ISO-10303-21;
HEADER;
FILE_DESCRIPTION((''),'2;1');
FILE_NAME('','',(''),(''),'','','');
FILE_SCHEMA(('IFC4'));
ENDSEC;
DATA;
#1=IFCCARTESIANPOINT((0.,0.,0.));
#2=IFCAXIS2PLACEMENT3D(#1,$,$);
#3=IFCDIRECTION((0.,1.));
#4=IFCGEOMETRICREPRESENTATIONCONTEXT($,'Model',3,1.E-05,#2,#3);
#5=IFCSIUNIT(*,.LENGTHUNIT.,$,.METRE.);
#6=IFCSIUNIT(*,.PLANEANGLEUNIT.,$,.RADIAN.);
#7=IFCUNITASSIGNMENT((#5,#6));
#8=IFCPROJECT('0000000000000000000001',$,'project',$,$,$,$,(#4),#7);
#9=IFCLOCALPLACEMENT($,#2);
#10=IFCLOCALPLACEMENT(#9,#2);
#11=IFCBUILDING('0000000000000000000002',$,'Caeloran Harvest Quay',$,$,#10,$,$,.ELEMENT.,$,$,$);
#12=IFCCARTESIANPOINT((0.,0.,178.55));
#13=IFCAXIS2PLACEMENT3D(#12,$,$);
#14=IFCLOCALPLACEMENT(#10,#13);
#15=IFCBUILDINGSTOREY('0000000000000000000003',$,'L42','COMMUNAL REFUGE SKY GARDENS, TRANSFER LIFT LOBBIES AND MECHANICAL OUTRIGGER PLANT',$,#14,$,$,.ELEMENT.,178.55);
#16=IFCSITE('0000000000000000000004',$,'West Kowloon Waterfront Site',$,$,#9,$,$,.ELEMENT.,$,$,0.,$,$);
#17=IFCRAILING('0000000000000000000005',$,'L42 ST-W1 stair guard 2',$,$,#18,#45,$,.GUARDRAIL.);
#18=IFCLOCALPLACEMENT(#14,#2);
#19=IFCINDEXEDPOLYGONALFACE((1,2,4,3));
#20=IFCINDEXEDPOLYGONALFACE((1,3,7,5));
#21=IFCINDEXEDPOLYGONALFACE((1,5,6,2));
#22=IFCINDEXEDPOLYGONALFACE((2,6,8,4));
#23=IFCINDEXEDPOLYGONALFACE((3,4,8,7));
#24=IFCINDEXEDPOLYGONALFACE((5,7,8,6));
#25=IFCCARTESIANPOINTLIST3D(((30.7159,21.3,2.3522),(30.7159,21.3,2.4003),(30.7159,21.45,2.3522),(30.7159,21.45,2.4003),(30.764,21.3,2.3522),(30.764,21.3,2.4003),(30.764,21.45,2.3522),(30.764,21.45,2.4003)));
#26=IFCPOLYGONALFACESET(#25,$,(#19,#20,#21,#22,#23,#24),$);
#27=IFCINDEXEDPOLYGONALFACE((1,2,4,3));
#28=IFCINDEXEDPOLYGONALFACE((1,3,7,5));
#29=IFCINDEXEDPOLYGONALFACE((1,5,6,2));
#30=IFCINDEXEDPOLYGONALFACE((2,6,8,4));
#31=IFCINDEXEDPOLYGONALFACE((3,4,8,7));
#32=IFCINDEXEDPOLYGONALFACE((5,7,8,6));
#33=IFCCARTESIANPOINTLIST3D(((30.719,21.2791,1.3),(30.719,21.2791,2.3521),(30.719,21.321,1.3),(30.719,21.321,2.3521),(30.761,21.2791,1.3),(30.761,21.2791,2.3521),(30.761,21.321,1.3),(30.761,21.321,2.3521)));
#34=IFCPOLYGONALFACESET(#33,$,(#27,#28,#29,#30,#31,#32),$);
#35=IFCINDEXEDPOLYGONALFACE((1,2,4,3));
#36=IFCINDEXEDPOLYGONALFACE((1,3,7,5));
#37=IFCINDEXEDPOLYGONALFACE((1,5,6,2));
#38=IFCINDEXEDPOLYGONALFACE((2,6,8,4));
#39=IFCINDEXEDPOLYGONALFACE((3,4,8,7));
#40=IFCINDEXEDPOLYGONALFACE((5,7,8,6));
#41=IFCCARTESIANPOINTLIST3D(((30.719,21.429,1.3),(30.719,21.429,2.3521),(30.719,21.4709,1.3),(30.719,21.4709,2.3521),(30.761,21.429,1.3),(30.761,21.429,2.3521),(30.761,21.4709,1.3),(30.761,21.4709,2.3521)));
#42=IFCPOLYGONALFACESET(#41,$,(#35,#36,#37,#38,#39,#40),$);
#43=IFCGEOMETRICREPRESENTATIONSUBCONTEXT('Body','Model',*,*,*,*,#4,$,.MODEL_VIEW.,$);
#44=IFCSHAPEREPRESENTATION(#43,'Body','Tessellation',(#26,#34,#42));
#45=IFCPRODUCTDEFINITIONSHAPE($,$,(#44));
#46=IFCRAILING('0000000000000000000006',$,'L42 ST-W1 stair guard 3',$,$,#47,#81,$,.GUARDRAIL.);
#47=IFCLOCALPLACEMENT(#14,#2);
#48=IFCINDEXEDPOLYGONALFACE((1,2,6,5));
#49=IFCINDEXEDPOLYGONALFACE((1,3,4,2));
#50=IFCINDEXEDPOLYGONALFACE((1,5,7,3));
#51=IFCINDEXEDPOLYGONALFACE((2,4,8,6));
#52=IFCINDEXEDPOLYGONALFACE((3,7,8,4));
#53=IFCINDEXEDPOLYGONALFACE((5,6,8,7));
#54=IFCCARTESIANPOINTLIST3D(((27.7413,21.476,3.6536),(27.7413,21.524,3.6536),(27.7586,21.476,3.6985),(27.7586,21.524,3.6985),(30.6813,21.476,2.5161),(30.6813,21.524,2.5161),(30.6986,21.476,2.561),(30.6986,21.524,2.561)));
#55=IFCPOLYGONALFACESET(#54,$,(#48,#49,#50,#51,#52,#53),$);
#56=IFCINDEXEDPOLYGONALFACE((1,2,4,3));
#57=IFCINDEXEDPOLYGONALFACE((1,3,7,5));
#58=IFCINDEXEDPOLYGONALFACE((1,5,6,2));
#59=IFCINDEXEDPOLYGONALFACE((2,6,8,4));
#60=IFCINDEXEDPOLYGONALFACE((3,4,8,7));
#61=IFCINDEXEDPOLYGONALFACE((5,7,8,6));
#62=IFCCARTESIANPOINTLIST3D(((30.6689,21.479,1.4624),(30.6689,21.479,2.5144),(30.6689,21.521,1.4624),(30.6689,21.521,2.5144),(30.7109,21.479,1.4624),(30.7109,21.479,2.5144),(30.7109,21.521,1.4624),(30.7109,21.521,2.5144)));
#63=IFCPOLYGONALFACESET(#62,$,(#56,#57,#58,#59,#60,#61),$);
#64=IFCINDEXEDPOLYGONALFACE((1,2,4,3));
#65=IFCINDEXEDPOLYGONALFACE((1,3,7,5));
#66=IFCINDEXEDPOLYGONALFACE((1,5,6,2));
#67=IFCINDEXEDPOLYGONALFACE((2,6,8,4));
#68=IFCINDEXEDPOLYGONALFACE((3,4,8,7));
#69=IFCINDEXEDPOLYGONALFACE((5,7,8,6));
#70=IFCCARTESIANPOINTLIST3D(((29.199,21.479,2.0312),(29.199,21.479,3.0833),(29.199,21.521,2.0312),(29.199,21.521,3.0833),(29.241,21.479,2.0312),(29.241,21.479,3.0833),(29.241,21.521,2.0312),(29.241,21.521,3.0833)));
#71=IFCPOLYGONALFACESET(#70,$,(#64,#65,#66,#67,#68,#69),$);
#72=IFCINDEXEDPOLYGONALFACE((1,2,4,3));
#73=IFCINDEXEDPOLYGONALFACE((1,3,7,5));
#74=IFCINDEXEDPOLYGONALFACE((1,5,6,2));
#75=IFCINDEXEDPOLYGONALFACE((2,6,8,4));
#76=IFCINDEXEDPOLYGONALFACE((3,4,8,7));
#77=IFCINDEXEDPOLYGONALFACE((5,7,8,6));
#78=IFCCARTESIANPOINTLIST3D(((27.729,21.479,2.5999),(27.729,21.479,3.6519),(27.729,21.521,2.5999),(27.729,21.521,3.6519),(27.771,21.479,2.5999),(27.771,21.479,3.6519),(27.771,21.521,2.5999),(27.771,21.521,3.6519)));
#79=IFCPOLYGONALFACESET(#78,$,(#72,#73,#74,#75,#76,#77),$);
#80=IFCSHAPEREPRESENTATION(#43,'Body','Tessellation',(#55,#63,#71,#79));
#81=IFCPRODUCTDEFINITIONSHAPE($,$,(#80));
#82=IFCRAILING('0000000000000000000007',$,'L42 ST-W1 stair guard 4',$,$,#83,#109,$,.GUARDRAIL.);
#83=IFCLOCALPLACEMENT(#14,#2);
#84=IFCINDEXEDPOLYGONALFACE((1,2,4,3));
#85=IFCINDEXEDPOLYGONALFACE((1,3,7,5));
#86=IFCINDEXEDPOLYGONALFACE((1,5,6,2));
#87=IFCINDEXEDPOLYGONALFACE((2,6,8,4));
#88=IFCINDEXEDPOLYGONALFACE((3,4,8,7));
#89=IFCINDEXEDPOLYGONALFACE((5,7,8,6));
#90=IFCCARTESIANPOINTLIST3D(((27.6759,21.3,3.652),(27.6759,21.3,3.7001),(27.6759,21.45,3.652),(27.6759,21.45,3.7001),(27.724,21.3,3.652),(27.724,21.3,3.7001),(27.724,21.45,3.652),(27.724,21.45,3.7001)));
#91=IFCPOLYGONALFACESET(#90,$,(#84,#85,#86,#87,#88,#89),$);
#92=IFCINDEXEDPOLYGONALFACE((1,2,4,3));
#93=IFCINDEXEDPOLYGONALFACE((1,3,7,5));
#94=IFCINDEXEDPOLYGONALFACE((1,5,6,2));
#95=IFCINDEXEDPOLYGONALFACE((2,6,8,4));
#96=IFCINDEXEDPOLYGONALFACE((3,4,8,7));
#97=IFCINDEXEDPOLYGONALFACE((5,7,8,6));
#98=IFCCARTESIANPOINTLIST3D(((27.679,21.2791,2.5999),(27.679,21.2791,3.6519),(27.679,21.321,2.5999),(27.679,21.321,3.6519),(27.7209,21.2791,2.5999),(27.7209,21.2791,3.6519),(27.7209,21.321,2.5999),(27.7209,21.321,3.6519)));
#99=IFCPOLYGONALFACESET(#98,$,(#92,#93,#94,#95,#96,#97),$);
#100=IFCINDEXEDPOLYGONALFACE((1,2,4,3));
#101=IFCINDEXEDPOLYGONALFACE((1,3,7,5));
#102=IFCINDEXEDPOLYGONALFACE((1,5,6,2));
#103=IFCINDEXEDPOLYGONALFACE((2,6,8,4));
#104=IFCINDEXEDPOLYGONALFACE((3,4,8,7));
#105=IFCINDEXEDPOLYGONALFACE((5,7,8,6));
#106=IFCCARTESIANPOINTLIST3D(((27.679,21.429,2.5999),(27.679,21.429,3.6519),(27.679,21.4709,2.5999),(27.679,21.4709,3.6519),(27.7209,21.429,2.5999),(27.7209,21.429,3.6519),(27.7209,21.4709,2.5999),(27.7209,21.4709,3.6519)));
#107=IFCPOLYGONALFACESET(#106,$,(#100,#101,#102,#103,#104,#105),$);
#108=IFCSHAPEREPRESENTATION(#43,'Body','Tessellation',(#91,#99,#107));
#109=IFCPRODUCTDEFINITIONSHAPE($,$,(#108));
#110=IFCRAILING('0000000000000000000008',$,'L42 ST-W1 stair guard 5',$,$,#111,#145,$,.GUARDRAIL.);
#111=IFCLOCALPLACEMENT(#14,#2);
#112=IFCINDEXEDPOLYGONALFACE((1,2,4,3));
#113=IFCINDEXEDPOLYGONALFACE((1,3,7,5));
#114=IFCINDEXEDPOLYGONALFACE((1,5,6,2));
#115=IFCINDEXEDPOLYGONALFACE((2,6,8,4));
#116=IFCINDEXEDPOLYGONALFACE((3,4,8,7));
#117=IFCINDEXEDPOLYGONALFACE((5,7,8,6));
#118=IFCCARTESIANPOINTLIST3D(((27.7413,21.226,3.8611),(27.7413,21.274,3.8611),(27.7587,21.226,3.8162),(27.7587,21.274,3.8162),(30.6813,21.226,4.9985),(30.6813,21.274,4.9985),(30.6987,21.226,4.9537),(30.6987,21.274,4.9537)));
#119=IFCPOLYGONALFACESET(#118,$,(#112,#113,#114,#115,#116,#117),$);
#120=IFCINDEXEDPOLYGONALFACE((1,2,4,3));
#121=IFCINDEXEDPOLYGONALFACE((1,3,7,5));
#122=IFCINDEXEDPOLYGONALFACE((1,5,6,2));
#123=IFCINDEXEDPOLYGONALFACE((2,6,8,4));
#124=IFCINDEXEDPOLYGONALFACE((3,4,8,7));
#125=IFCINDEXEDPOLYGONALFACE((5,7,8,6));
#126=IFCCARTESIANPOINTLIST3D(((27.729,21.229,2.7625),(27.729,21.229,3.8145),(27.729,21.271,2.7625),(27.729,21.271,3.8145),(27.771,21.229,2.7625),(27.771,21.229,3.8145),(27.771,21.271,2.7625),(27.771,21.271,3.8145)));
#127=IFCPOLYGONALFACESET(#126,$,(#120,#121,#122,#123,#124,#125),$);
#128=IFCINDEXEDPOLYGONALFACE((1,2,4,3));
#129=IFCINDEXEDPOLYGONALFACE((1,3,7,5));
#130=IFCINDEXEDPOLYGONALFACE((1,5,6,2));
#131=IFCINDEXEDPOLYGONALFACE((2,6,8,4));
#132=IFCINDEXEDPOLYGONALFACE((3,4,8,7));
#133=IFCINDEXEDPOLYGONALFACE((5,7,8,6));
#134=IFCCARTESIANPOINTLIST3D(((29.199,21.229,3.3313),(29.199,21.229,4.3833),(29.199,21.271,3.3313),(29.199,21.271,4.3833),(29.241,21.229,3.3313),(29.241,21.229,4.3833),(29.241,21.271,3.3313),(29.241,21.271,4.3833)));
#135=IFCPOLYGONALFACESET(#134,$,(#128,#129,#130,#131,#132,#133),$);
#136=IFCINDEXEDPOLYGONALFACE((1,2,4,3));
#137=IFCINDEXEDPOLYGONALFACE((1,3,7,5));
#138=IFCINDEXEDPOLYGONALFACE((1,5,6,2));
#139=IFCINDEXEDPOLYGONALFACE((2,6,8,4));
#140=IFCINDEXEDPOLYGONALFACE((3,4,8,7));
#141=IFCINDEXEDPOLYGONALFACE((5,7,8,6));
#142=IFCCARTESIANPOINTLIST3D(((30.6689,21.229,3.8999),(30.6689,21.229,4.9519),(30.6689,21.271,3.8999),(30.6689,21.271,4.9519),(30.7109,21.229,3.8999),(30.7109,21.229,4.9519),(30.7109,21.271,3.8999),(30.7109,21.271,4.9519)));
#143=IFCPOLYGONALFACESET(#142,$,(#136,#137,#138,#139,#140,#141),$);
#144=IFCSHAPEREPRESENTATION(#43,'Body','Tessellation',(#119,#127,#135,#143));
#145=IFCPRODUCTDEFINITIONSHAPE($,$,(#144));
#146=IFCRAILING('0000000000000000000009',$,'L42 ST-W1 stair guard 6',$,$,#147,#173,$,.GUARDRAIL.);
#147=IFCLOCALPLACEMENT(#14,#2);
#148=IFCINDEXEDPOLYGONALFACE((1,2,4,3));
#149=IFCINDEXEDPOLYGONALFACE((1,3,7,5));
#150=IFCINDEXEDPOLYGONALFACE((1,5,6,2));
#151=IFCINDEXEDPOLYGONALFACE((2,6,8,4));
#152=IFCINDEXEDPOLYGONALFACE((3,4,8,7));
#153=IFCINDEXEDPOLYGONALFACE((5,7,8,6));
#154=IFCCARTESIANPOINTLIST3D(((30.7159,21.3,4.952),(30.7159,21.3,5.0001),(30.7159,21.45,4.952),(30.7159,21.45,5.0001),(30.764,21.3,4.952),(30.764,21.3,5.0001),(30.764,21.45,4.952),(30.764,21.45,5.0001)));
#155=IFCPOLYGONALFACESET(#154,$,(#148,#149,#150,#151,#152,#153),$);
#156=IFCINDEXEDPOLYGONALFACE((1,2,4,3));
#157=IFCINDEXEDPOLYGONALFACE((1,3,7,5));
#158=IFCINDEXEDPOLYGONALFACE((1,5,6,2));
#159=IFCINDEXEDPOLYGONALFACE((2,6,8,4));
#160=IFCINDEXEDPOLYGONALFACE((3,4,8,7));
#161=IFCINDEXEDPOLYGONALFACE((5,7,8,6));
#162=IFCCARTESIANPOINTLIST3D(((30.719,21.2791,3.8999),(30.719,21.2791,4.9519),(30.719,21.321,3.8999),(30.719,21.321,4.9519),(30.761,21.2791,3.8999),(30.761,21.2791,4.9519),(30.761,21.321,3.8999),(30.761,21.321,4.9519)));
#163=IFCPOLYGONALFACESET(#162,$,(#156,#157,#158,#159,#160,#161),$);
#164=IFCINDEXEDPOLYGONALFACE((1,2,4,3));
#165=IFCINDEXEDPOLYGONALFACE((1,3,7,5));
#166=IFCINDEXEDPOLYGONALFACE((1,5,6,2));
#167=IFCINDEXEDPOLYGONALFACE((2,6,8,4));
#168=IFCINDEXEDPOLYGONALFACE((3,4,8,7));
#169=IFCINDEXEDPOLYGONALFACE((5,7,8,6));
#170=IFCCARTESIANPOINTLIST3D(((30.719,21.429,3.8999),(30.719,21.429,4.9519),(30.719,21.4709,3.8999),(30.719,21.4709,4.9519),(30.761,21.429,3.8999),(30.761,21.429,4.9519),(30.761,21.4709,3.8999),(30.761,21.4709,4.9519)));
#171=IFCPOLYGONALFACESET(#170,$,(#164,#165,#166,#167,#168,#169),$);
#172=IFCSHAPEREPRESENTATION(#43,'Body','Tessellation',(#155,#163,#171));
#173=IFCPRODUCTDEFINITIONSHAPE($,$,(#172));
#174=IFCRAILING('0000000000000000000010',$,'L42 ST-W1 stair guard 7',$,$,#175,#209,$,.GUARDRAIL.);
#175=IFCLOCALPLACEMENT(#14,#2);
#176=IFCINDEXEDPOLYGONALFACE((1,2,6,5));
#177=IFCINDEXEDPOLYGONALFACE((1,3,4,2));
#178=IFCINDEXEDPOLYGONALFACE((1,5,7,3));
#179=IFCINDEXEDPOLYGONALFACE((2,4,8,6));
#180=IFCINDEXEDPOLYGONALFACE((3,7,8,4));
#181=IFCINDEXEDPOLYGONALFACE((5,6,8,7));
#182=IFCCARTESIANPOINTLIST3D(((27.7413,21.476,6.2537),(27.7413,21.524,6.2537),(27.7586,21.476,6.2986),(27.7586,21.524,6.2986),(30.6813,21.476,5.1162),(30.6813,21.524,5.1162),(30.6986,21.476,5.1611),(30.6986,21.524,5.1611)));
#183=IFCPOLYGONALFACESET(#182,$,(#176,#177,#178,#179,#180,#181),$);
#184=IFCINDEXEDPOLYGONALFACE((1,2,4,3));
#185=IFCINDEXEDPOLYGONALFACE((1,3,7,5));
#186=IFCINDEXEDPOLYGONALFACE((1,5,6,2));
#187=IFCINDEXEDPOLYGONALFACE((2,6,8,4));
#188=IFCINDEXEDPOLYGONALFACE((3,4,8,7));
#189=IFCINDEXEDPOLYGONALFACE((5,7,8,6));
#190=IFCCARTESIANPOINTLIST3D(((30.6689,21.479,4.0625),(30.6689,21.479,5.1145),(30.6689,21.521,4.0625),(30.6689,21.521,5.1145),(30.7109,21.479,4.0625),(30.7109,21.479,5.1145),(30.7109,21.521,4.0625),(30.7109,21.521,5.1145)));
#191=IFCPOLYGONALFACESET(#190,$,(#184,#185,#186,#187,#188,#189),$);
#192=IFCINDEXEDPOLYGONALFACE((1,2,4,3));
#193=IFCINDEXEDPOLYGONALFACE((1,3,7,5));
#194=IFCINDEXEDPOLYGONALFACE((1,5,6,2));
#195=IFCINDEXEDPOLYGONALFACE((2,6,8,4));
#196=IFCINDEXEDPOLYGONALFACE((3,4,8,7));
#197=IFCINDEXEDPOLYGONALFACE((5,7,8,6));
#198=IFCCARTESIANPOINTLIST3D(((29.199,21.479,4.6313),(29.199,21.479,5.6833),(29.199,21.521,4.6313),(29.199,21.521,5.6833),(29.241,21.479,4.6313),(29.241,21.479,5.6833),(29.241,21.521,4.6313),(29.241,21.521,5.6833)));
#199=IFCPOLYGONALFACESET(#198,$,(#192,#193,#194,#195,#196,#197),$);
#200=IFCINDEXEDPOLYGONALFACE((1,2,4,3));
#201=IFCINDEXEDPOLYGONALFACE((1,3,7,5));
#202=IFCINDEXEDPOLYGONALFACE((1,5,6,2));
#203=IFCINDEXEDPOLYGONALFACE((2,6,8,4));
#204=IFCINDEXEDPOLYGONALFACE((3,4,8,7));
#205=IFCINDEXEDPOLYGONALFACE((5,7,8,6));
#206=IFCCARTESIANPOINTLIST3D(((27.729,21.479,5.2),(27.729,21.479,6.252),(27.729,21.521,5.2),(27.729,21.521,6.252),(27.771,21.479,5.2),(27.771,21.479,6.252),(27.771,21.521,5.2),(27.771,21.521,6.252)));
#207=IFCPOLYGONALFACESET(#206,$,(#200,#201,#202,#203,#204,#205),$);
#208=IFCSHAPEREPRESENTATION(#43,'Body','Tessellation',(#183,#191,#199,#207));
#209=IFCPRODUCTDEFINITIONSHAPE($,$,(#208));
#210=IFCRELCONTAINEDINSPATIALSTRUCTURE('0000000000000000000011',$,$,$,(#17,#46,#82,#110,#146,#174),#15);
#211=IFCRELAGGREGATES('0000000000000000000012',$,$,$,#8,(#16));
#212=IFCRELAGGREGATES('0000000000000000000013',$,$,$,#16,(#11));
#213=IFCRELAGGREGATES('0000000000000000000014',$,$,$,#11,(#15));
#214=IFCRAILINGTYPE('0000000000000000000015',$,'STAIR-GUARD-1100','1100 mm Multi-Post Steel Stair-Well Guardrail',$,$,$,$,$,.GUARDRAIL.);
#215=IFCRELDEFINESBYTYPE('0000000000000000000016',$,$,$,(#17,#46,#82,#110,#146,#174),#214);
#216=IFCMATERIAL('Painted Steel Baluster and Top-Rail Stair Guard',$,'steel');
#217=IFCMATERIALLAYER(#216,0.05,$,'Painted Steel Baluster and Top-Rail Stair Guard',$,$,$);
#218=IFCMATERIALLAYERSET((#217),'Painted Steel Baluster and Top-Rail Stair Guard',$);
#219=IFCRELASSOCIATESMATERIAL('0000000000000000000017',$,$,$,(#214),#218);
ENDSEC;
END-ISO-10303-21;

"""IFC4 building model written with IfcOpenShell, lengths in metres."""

from ifc_helpers import new_model, si_unit, direction, frame, origin, origin_2d, place, context, subcontext, project, spatial, rectangle, extrude, material, layer, layer_set, type_object, element, save


model = new_model("IFC4")

# Units and contexts
model_context = context("Model", 3, precision=1e-05, world=origin(), true_north=direction((0.0, 1.0)))
body_context = subcontext(model_context, "Body", "Model", "MODEL_VIEW")
ifc_project = project(units=[si_unit("LENGTHUNIT", "METRE"), si_unit("PLANEANGLEUNIT", "RADIAN")], contexts=[model_context])

# Site, building, storey
site_placement = place(None, origin())
site = spatial("IfcSite", under=ifc_project, at=site_placement, Name="West Kowloon Waterfront Site", CompositionType="ELEMENT", RefElevation=0.0)
building_placement = place(site_placement, origin())
building = spatial("IfcBuilding", under=site, at=building_placement, Name="Caeloran Harvest Quay", CompositionType="ELEMENT")
storey_placement = place(building_placement, frame((0.0, 0.0, 178.55)))
storey = spatial("IfcBuildingStorey", under=building, at=storey_placement, Name="L42", Description="COMMUNAL REFUGE SKY GARDENS, TRANSFER LIFT LOBBIES AND MECHANICAL OUTRIGGER PLANT", CompositionType="ELEMENT", Elevation=178.55)

# Railings
ifc_material_1 = material(Name="Painted Steel Baluster and Top-Rail Stair Guard", Category="steel")
ifc_layer_1 = layer(ifc_material_1, 0.05, Name="Painted Steel Baluster and Top-Rail Stair Guard")
ifc_layer_set_1 = layer_set([ifc_layer_1], Name="Painted Steel Baluster and Top-Rail Stair Guard")
railing_type_1 = type_object("IfcRailingType", Name="STAIR-GUARD-1100", Description="1100 mm Multi-Post Steel Stair-Well Guardrail", PredefinedType="GUARDRAIL", material=ifc_layer_set_1)
railing_1_placement = place(storey_placement, frame((30.74, 21.3, 1.3)))
element("IfcRailing", 1, at=railing_1_placement, inside=storey, type_object=railing_type_1, Name="L42 ST-W1 stair guard 2", PredefinedType="GUARDRAIL", context=body_context, shape_type="SweptSolid", body=[
    extrude(rectangle(XDim=0.0481, YDim=0.0481, at=origin_2d()), frame((0.0, 0.0, 1.0762), z_axis=(0.0, 1.0, 0.0), x_axis=(-1.0, 0.0, 0.0)), (0.0, 0.0, 1.0), 0.1499),
    extrude(rectangle(XDim=0.042, YDim=0.042, at=origin_2d()), origin(), (0.0, 0.0, 1.0), 1.052),
    extrude(rectangle(XDim=0.042, YDim=0.042, at=origin_2d()), frame((0.0, 0.1499, 0.0)), (0.0, 0.0, 1.0), 1.052),
])
railing_2_placement = place(storey_placement, frame((30.6899, 21.5, 1.4624)))
element("IfcRailing", 2, at=railing_2_placement, inside=storey, type_object=railing_type_1, Name="L42 ST-W1 stair guard 3", PredefinedType="GUARDRAIL", context=body_context, shape_type="SweptSolid", body=[
    extrude(rectangle(XDim=0.0481, YDim=0.0481, at=origin_2d()), frame((0.0, 0.0, 1.0762), z_axis=(-0.932631, 0.0, 0.360831), x_axis=(0.0, -1.0, 0.0)), (0.0, 0.0, 1.0), 3.1523),
    extrude(rectangle(XDim=0.042, YDim=0.042, at=origin_2d()), origin(), (0.0, 0.0, 1.0), 1.052),
    extrude(rectangle(XDim=0.042, YDim=0.042, at=origin_2d()), frame((-1.47, 0.0, 0.5688)), (0.0, 0.0, 1.0), 1.052),
    extrude(rectangle(XDim=0.042, YDim=0.042, at=origin_2d()), frame((-2.9399, 0.0, 1.1375)), (0.0, 0.0, 1.0), 1.052),
])
railing_3_placement = place(storey_placement, frame((27.7, 21.3, 2.5999)))
element("IfcRailing", 3, at=railing_3_placement, inside=storey, type_object=railing_type_1, Name="L42 ST-W1 stair guard 4", PredefinedType="GUARDRAIL", context=body_context, shape_type="SweptSolid", body=[
    extrude(rectangle(XDim=0.0481, YDim=0.0481, at=origin_2d()), frame((0.0, 0.0, 1.0762), z_axis=(0.0, 1.0, 0.0), x_axis=(-1.0, 0.0, 0.0)), (0.0, 0.0, 1.0), 0.1499),
    extrude(rectangle(XDim=0.042, YDim=0.042, at=origin_2d()), origin(), (0.0, 0.0, 1.0), 1.052),
    extrude(rectangle(XDim=0.042, YDim=0.042, at=origin_2d()), frame((0.0, 0.1499, 0.0)), (0.0, 0.0, 1.0), 1.052),
])
railing_4_placement = place(storey_placement, frame((27.75, 21.25, 2.7625)))
element("IfcRailing", 4, at=railing_4_placement, inside=storey, type_object=railing_type_1, Name="L42 ST-W1 stair guard 5", PredefinedType="GUARDRAIL", context=body_context, shape_type="SweptSolid", body=[
    extrude(rectangle(XDim=0.0481, YDim=0.0481, at=origin_2d()), frame((0.0, 0.0, 1.0762), z_axis=(0.932631, 0.0, 0.360831), x_axis=(0.0, 1.0, 0.0)), (0.0, 0.0, 1.0), 3.1523),
    extrude(rectangle(XDim=0.042, YDim=0.042, at=origin_2d()), origin(), (0.0, 0.0, 1.0), 1.052),
    extrude(rectangle(XDim=0.042, YDim=0.042, at=origin_2d()), frame((1.47, 0.0, 0.5688)), (0.0, 0.0, 1.0), 1.052),
    extrude(rectangle(XDim=0.042, YDim=0.042, at=origin_2d()), frame((2.9399, 0.0, 1.1375)), (0.0, 0.0, 1.0), 1.052),
])
railing_5_placement = place(storey_placement, frame((30.74, 21.3, 3.8999)))
element("IfcRailing", 5, at=railing_5_placement, inside=storey, type_object=railing_type_1, Name="L42 ST-W1 stair guard 6", PredefinedType="GUARDRAIL", context=body_context, shape_type="SweptSolid", body=[
    extrude(rectangle(XDim=0.0481, YDim=0.0481, at=origin_2d()), frame((0.0, 0.0, 1.0762), z_axis=(0.0, 1.0, 0.0), x_axis=(-1.0, 0.0, 0.0)), (0.0, 0.0, 1.0), 0.1499),
    extrude(rectangle(XDim=0.042, YDim=0.042, at=origin_2d()), origin(), (0.0, 0.0, 1.0), 1.052),
    extrude(rectangle(XDim=0.042, YDim=0.042, at=origin_2d()), frame((0.0, 0.1499, 0.0)), (0.0, 0.0, 1.0), 1.052),
])
railing_6_placement = place(storey_placement, frame((30.6899, 21.5, 4.0625)))
element("IfcRailing", 6, at=railing_6_placement, inside=storey, type_object=railing_type_1, Name="L42 ST-W1 stair guard 7", PredefinedType="GUARDRAIL", context=body_context, shape_type="SweptSolid", body=[
    extrude(rectangle(XDim=0.0481, YDim=0.0481, at=origin_2d()), frame((0.0, 0.0, 1.0762), z_axis=(-0.932631, 0.0, 0.360831), x_axis=(0.0, -1.0, 0.0)), (0.0, 0.0, 1.0), 3.1523),
    extrude(rectangle(XDim=0.042, YDim=0.042, at=origin_2d()), origin(), (0.0, 0.0, 1.0), 1.052),
    extrude(rectangle(XDim=0.042, YDim=0.042, at=origin_2d()), frame((-1.47, 0.0, 0.5688)), (0.0, 0.0, 1.0), 1.052),
    extrude(rectangle(XDim=0.042, YDim=0.042, at=origin_2d()), frame((-2.9399, 0.0, 1.1375)), (0.0, 0.0, 1.0), 1.052),
])

save(model, "model.ifc")
